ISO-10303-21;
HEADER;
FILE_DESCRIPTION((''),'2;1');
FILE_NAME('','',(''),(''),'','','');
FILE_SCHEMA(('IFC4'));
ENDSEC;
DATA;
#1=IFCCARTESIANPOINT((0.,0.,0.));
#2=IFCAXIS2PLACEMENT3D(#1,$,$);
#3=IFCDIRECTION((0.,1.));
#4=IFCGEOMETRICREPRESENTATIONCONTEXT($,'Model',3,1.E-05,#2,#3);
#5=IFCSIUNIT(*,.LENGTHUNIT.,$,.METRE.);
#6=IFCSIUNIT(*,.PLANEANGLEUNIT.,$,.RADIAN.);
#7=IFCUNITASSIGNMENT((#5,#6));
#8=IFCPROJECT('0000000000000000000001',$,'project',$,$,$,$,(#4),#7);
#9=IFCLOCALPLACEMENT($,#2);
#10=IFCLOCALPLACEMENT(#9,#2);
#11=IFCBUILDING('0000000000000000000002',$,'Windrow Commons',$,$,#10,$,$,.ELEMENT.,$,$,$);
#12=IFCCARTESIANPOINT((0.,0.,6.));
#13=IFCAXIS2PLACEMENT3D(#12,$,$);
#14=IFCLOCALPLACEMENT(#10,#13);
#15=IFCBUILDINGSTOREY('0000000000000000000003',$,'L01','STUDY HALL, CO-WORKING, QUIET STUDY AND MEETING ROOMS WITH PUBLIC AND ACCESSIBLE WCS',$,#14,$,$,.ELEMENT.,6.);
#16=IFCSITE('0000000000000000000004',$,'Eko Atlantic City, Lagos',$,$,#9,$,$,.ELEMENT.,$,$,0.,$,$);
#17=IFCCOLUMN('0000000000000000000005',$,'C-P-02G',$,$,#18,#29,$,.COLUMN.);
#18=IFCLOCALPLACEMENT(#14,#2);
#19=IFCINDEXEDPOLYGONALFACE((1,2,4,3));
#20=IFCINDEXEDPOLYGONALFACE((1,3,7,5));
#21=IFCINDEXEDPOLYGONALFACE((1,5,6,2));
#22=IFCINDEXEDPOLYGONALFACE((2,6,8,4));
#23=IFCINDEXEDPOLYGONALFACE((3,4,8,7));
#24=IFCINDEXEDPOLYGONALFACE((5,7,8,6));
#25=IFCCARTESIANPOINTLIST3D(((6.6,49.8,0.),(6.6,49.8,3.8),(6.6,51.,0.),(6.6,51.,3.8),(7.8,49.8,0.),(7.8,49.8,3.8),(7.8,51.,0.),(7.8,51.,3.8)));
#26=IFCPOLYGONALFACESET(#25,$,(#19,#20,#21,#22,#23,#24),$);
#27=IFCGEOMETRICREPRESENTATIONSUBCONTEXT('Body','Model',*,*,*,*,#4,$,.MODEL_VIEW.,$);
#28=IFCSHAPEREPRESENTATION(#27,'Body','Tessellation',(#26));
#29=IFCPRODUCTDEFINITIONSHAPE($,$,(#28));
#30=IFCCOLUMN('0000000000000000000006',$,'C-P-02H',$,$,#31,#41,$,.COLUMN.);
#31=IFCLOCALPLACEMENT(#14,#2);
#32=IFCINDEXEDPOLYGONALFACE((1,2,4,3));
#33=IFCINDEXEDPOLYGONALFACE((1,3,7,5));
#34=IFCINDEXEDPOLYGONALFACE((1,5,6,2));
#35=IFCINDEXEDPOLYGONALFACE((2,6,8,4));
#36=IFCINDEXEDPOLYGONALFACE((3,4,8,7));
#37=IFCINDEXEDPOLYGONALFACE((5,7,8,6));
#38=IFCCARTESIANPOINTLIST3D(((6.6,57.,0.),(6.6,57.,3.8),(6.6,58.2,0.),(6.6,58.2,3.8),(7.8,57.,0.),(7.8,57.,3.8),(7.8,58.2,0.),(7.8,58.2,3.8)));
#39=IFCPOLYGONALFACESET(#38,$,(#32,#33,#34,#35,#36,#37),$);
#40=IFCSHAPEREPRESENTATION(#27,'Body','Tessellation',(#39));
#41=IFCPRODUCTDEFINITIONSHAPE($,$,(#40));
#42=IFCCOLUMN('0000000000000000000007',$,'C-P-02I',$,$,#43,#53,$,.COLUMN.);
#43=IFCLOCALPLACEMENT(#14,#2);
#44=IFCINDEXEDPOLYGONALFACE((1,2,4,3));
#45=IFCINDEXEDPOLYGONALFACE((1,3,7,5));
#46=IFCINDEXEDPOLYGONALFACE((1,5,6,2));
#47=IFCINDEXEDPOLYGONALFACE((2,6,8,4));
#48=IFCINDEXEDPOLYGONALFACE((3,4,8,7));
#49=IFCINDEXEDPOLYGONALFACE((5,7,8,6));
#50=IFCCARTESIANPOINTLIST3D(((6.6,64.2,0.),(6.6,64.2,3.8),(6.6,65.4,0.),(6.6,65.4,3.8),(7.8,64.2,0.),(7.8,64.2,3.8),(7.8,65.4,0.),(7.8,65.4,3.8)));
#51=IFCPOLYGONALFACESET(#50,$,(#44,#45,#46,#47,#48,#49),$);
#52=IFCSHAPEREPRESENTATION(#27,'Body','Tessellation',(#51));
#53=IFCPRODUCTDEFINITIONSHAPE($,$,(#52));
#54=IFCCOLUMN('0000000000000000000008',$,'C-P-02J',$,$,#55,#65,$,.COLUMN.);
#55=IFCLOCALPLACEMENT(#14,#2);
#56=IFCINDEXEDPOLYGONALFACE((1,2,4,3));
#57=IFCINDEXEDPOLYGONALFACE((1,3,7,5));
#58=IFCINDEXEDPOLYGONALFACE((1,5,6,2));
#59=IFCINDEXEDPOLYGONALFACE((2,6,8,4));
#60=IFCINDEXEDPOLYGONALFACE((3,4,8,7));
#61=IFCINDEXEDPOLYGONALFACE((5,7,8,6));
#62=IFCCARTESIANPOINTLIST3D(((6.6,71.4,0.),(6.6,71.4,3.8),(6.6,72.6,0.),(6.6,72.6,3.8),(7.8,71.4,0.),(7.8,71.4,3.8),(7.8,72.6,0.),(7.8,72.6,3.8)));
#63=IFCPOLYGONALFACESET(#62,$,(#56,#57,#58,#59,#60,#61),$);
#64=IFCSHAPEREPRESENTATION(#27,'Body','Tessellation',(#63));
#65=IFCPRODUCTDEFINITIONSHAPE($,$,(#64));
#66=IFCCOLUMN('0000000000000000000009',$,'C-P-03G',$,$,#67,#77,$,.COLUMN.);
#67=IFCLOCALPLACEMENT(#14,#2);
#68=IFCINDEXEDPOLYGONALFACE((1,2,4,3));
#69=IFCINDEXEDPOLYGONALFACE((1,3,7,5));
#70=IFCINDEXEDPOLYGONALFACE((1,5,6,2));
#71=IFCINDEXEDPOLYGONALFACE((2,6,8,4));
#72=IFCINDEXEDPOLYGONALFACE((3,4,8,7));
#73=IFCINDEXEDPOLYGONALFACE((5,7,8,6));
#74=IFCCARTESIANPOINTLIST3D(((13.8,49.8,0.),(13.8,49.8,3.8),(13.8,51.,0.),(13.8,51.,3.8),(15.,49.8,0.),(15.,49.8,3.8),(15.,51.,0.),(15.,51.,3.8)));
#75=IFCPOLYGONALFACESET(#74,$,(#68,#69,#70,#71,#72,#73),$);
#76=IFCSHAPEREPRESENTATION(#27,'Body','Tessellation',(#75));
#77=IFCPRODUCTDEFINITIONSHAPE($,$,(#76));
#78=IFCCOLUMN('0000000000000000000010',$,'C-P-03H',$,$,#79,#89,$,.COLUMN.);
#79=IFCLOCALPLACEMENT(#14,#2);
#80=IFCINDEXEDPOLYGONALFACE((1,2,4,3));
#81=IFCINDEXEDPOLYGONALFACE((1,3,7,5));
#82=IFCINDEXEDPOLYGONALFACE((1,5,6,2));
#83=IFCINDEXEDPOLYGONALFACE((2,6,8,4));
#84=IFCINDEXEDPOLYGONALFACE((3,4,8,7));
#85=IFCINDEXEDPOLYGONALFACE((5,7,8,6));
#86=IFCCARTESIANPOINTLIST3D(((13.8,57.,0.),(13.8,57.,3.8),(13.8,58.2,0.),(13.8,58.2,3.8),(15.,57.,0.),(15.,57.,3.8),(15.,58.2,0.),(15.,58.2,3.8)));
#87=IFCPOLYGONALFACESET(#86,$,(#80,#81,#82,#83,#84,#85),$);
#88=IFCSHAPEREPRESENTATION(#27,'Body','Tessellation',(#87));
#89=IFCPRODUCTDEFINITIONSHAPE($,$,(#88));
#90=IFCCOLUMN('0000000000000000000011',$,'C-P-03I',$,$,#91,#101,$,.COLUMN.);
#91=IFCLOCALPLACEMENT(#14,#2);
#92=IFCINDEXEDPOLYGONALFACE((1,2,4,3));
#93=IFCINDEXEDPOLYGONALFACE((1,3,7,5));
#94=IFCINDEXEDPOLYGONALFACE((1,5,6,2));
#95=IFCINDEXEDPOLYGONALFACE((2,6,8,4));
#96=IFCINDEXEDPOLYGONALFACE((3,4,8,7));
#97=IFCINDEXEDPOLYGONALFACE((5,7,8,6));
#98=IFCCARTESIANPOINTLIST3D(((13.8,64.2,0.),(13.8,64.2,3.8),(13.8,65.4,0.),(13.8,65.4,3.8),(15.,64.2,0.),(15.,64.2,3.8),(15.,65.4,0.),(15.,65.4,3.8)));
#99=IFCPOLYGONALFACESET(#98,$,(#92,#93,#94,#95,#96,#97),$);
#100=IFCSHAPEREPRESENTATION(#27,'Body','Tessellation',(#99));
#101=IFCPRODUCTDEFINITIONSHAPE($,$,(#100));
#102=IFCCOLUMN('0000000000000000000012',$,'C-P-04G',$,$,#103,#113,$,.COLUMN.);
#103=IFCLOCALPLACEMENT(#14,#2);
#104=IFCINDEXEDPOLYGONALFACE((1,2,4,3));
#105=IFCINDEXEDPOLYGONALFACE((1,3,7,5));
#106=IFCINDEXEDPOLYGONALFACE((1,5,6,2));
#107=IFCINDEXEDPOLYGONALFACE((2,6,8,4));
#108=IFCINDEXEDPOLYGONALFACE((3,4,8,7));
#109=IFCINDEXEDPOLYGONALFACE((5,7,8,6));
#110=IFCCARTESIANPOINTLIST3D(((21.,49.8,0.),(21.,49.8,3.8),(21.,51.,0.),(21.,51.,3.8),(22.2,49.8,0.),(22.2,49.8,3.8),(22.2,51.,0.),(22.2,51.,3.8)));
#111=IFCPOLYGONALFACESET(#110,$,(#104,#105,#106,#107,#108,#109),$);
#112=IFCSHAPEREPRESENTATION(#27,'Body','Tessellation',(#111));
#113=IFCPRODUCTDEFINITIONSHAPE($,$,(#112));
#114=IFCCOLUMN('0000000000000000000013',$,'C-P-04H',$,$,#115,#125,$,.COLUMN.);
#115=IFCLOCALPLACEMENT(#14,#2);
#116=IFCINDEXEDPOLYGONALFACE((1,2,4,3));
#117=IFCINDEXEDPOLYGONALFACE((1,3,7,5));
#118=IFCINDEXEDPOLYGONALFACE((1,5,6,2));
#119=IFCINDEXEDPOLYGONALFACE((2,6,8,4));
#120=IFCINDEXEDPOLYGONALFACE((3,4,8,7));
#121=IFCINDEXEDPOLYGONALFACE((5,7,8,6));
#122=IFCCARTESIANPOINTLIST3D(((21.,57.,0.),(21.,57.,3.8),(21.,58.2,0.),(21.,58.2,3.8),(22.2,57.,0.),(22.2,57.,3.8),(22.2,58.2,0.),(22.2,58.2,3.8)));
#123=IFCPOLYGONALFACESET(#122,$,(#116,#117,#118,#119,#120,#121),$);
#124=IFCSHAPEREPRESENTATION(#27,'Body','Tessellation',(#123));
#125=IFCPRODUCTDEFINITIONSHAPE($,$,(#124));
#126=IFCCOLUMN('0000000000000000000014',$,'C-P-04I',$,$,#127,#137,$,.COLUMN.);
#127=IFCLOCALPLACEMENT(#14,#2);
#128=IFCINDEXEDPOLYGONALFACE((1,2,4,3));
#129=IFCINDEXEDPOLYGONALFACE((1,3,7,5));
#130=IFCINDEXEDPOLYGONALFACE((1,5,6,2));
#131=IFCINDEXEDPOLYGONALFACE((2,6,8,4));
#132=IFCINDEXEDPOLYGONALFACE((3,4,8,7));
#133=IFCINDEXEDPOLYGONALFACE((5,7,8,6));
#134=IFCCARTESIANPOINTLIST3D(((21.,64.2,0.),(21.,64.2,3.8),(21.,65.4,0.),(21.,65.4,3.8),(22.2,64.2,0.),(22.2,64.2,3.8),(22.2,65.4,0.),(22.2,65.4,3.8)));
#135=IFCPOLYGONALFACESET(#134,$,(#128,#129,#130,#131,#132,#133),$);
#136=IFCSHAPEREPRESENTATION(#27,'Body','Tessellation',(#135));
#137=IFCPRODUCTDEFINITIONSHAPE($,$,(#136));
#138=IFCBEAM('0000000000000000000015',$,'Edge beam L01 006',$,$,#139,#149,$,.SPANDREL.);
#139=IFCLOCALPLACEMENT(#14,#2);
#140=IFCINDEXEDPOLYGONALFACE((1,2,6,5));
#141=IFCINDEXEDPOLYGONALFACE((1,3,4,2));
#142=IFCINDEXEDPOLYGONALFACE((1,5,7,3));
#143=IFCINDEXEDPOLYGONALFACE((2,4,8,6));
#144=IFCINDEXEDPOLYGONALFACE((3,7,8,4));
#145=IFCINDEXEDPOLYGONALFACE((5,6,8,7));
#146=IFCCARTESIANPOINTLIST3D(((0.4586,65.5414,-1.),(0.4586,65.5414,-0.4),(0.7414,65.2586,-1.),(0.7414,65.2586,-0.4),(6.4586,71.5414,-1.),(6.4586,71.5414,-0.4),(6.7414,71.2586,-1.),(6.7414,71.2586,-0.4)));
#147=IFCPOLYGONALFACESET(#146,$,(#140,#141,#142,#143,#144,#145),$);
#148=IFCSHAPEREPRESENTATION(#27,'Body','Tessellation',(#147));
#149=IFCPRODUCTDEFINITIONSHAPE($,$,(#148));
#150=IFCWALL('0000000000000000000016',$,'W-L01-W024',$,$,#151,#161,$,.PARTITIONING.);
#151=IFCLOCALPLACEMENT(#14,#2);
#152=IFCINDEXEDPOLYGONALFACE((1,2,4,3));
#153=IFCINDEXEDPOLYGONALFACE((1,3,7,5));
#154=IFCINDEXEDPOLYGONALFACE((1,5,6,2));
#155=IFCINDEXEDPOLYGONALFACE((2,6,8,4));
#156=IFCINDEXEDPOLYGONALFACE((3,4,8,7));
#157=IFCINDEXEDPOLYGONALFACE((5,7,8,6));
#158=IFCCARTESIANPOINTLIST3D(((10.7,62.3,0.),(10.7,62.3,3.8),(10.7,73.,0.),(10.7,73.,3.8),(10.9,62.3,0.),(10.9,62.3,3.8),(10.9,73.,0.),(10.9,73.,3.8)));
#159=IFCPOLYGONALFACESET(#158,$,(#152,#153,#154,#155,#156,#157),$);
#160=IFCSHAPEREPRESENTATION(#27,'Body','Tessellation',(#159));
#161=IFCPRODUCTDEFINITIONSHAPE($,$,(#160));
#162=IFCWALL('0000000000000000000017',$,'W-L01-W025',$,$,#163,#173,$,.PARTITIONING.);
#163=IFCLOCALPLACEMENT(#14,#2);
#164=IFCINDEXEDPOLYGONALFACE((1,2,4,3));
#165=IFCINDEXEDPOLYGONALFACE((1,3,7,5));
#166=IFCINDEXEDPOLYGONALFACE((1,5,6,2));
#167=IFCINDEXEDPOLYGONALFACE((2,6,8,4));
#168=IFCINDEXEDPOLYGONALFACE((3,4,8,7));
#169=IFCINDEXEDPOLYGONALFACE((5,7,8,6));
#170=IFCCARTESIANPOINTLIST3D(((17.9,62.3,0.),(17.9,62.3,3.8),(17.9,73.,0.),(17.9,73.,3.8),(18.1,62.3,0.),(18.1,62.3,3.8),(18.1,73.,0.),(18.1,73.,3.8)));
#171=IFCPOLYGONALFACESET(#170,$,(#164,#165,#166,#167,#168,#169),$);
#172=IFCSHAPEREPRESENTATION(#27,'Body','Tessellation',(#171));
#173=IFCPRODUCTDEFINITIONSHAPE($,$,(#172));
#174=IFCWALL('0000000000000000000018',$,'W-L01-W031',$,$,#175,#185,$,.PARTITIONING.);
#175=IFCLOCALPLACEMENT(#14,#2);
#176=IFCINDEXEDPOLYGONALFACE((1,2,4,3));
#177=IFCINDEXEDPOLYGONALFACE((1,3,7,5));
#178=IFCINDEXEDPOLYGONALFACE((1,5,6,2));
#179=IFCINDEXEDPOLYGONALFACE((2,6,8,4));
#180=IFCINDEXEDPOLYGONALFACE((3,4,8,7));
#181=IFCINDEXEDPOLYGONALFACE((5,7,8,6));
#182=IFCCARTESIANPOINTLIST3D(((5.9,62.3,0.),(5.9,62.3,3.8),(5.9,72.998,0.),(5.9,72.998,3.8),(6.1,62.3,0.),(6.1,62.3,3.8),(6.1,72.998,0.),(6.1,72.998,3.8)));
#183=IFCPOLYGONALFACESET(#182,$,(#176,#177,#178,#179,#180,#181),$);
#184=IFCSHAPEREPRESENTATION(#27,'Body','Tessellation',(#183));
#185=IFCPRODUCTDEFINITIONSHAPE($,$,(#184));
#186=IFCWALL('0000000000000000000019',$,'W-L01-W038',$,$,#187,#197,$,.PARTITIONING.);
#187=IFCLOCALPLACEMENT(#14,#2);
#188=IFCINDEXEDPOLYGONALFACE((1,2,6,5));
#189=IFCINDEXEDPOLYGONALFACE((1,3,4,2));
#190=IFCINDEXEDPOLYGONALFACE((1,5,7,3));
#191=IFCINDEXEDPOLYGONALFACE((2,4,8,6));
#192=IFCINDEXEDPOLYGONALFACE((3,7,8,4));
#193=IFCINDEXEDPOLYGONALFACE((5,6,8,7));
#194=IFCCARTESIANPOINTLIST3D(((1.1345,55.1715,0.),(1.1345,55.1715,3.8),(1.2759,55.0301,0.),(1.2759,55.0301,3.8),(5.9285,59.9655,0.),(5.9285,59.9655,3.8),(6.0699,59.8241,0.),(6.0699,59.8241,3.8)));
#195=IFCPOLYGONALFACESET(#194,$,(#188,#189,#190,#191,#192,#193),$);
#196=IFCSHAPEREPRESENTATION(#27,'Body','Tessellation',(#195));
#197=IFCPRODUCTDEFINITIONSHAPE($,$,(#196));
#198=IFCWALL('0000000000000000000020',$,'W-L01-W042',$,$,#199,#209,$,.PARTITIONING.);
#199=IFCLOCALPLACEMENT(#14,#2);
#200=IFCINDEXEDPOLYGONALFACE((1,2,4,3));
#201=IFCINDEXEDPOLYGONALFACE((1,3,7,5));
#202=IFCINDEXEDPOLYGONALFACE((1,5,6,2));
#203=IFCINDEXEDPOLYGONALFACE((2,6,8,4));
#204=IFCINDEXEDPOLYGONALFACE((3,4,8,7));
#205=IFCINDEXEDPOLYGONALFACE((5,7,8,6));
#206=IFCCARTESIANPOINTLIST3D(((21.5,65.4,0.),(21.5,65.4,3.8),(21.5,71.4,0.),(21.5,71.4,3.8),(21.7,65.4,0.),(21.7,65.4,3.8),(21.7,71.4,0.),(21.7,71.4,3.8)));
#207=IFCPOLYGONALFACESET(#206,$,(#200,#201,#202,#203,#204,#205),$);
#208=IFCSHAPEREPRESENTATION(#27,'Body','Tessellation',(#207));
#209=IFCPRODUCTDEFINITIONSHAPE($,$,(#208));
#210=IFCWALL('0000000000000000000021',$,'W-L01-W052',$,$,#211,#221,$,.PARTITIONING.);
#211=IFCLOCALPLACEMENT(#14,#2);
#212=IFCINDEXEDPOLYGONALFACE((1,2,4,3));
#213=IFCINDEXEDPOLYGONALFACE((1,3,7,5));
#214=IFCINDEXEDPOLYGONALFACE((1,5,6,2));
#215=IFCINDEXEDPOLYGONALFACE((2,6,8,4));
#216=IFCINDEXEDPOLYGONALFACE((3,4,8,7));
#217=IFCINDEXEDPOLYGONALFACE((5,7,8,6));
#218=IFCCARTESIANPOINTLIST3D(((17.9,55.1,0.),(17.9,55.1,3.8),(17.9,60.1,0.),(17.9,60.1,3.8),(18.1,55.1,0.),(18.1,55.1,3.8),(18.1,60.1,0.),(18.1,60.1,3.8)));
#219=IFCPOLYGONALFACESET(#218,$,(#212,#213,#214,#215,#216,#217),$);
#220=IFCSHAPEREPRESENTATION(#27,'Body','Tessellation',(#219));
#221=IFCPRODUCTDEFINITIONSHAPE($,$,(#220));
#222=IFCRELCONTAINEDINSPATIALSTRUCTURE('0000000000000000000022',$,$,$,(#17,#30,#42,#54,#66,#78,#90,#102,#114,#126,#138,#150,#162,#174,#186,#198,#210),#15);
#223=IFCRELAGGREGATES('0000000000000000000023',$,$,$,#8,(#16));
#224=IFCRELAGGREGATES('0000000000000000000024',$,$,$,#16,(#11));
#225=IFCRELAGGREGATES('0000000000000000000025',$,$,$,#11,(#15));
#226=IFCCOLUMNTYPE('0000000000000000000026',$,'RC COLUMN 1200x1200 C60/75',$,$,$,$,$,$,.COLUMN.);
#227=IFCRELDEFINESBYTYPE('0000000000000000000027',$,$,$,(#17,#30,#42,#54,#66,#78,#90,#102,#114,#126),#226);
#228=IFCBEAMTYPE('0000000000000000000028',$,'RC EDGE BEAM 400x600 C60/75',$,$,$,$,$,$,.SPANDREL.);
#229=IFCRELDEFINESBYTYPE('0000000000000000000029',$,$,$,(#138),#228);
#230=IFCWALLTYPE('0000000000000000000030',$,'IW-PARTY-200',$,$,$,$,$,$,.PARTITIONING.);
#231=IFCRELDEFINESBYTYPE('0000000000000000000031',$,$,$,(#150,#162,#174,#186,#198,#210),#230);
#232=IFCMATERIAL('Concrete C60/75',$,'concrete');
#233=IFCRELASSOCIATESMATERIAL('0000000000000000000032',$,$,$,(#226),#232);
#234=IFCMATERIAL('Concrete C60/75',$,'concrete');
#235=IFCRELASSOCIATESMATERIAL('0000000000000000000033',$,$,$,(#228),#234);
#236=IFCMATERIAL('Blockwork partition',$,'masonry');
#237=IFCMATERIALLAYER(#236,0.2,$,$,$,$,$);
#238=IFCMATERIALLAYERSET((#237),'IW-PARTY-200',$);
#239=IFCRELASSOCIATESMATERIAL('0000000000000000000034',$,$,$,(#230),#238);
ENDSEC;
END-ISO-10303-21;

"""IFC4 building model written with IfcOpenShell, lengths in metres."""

from ifc_helpers import new_model, si_unit, direction, frame, frame_2d, origin, origin_2d, place, context, subcontext, project, spatial, rectangle, extrude, material, layer, layer_set, material_profile, profile_set, type_object, element, save


model = new_model("IFC4")

# Units and contexts
model_context = context("Model", 3, precision=1e-05, world=origin(), true_north=direction((0.0, 1.0)))
body_context = subcontext(model_context, "Body", "Model", "MODEL_VIEW")
ifc_project = project(units=[si_unit("LENGTHUNIT", "METRE"), si_unit("PLANEANGLEUNIT", "RADIAN")], contexts=[model_context])

# Site, building, storey
site_placement = place(None, origin())
site = spatial("IfcSite", under=ifc_project, at=site_placement, Name="Eko Atlantic City, Lagos", CompositionType="ELEMENT", RefElevation=0.0)
building_placement = place(site_placement, origin())
building = spatial("IfcBuilding", under=site, at=building_placement, Name="Windrow Commons", CompositionType="ELEMENT")
storey_placement = place(building_placement, frame((0.0, 0.0, 6.0)))
storey = spatial("IfcBuildingStorey", under=building, at=storey_placement, Name="L01", Description="STUDY HALL, CO-WORKING, QUIET STUDY AND MEETING ROOMS WITH PUBLIC AND ACCESSIBLE WCS", CompositionType="ELEMENT", Elevation=6.0)

# Columns
ifc_material_1 = material(Name="Concrete C60/75", Category="concrete")
ifc_material_profile_1 = material_profile(ifc_material_1, rectangle(XDim=1.2, YDim=1.2, at=origin_2d()))
ifc_profile_set_1 = profile_set([ifc_material_profile_1], Name="Concrete C60/75")
column_type = type_object("IfcColumnType", Name="RC COLUMN 1200x1200 C60/75", PredefinedType="COLUMN", material=ifc_profile_set_1)
for number, where, z_axis, x_axis, name in (
    (1, (7.2, 50.4, 0.0), (0.0, 0.0, 1.0), (1.0, 0.0, 0.0), "C-P-02G"),
    (2, (7.2, 57.6, 0.0), (0.0, 0.0, 1.0), (1.0, 0.0, 0.0), "C-P-02H"),
    (3, (7.2, 64.8, 0.0), (0.0, 0.0, 1.0), (1.0, 0.0, 0.0), "C-P-02I"),
    (4, (7.2, 72.0, 0.0), (0.0, 0.0, 1.0), (1.0, 0.0, 0.0), "C-P-02J"),
    (5, (14.4, 50.4, 0.0), (0.0, 0.0, 1.0), (1.0, 0.0, 0.0), "C-P-03G"),
    (6, (14.4, 57.6, 0.0), (0.0, 0.0, 1.0), (1.0, 0.0, 0.0), "C-P-03H"),
    (7, (14.4, 64.8, 0.0), (0.0, 0.0, 1.0), (1.0, 0.0, 0.0), "C-P-03I"),
    (8, (21.6, 50.4, 0.0), (0.0, 0.0, 1.0), (1.0, 0.0, 0.0), "C-P-04G"),
    (9, (21.6, 57.6, 0.0), (0.0, 0.0, 1.0), (1.0, 0.0, 0.0), "C-P-04H"),
    (10, (21.6, 64.8, 0.0), (0.0, 0.0, 1.0), (1.0, 0.0, 0.0), "C-P-04I"),
):
    element("IfcColumn", number, at=place(storey_placement, frame(where, z_axis=z_axis, x_axis=x_axis)), inside=storey, type_object=column_type, Name=name, PredefinedType="COLUMN", context=body_context, shape_type="SweptSolid", body=[
        extrude(rectangle(XDim=1.2, YDim=1.2, at=origin_2d()), origin(), (0.0, 0.0, 1.0), 3.8),
    ])

# Beam
ifc_material_2 = material(Name="Concrete C60/75", Category="concrete")
ifc_material_profile_2 = material_profile(ifc_material_2, rectangle(XDim=0.4, YDim=0.6, at=origin_2d()))
ifc_profile_set_2 = profile_set([ifc_material_profile_2], Name="Concrete C60/75")
beam_type = type_object("IfcBeamType", Name="RC EDGE BEAM 400x600 C60/75", PredefinedType="SPANDREL", material=ifc_profile_set_2)
beam_placement = place(storey_placement, frame((0.6, 65.4, -0.7), z_axis=(0.707107, 0.707107, 0.0), x_axis=(-0.707107, 0.707107, 0.0)))
element("IfcBeam", 11, at=beam_placement, inside=storey, type_object=beam_type, Name="Edge beam L01 006", PredefinedType="SPANDREL", context=body_context, shape_type="SweptSolid", body=[
    extrude(rectangle(XDim=0.4, YDim=0.6, at=origin_2d()), origin(), (0.0, 0.0, 1.0), 8.4853),
])

# Walls
ifc_material_3 = material(Name="Blockwork partition", Category="masonry")
ifc_layer = layer(ifc_material_3, 0.2)
ifc_layer_set = layer_set([ifc_layer], Name="IW-PARTY-200")
wall_type = type_object("IfcWallType", Name="IW-PARTY-200", PredefinedType="PARTITIONING", material=ifc_layer_set)
for number, where, z_axis, x_axis, name in (
    (12, (10.8, 62.3, 0.0), (0.0, 0.0, 1.0), (0.0, 1.0, 0.0), "W-L01-W024"),
    (13, (18.0, 62.3, 0.0), (0.0, 0.0, 1.0), (0.0, 1.0, 0.0), "W-L01-W025"),
):
    element("IfcWall", number, at=place(storey_placement, frame(where, z_axis=z_axis, x_axis=x_axis)), inside=storey, type_object=wall_type, Name=name, PredefinedType="PARTITIONING", context=body_context, shape_type="SweptSolid", body=[
        extrude(rectangle(XDim=10.7, YDim=0.2, at=frame_2d((5.35, 0.0))), origin(), (0.0, 0.0, 1.0), 3.8),
    ])
wall_1_placement = place(storey_placement, frame((6.0, 62.3, 0.0), z_axis=(0.0, 0.0, 1.0), x_axis=(0.0, 1.0, 0.0)))
element("IfcWall", 14, at=wall_1_placement, inside=storey, type_object=wall_type, Name="W-L01-W031", PredefinedType="PARTITIONING", context=body_context, shape_type="SweptSolid", body=[
    extrude(rectangle(XDim=10.698, YDim=0.2, at=frame_2d((5.349, 0.0))), origin(), (0.0, 0.0, 1.0), 3.8),
])
wall_2_placement = place(storey_placement, frame((1.2052, 55.1008, 0.0), z_axis=(0.0, 0.0, 1.0), x_axis=(0.707107, 0.707107, 0.0)))
element("IfcWall", 15, at=wall_2_placement, inside=storey, type_object=wall_type, Name="W-L01-W038", PredefinedType="PARTITIONING", context=body_context, shape_type="SweptSolid", body=[
    extrude(rectangle(XDim=6.7797, YDim=0.2, at=frame_2d((3.3899, 0.0))), origin(), (0.0, 0.0, 1.0), 3.8),
])
wall_3_placement = place(storey_placement, frame((21.6, 65.4, 0.0), z_axis=(0.0, 0.0, 1.0), x_axis=(0.0, 1.0, 0.0)))
element("IfcWall", 16, at=wall_3_placement, inside=storey, type_object=wall_type, Name="W-L01-W042", PredefinedType="PARTITIONING", context=body_context, shape_type="SweptSolid", body=[
    extrude(rectangle(XDim=6.0, YDim=0.2, at=frame_2d((3.0, 0.0))), origin(), (0.0, 0.0, 1.0), 3.8),
])
wall_4_placement = place(storey_placement, frame((18.0, 55.1, 0.0), z_axis=(0.0, 0.0, 1.0), x_axis=(0.0, 1.0, 0.0)))
element("IfcWall", 17, at=wall_4_placement, inside=storey, type_object=wall_type, Name="W-L01-W052", PredefinedType="PARTITIONING", context=body_context, shape_type="SweptSolid", body=[
    extrude(rectangle(XDim=5.0, YDim=0.2, at=frame_2d((2.5, 0.0))), origin(), (0.0, 0.0, 1.0), 3.8),
])

save(model, "model.ifc")
